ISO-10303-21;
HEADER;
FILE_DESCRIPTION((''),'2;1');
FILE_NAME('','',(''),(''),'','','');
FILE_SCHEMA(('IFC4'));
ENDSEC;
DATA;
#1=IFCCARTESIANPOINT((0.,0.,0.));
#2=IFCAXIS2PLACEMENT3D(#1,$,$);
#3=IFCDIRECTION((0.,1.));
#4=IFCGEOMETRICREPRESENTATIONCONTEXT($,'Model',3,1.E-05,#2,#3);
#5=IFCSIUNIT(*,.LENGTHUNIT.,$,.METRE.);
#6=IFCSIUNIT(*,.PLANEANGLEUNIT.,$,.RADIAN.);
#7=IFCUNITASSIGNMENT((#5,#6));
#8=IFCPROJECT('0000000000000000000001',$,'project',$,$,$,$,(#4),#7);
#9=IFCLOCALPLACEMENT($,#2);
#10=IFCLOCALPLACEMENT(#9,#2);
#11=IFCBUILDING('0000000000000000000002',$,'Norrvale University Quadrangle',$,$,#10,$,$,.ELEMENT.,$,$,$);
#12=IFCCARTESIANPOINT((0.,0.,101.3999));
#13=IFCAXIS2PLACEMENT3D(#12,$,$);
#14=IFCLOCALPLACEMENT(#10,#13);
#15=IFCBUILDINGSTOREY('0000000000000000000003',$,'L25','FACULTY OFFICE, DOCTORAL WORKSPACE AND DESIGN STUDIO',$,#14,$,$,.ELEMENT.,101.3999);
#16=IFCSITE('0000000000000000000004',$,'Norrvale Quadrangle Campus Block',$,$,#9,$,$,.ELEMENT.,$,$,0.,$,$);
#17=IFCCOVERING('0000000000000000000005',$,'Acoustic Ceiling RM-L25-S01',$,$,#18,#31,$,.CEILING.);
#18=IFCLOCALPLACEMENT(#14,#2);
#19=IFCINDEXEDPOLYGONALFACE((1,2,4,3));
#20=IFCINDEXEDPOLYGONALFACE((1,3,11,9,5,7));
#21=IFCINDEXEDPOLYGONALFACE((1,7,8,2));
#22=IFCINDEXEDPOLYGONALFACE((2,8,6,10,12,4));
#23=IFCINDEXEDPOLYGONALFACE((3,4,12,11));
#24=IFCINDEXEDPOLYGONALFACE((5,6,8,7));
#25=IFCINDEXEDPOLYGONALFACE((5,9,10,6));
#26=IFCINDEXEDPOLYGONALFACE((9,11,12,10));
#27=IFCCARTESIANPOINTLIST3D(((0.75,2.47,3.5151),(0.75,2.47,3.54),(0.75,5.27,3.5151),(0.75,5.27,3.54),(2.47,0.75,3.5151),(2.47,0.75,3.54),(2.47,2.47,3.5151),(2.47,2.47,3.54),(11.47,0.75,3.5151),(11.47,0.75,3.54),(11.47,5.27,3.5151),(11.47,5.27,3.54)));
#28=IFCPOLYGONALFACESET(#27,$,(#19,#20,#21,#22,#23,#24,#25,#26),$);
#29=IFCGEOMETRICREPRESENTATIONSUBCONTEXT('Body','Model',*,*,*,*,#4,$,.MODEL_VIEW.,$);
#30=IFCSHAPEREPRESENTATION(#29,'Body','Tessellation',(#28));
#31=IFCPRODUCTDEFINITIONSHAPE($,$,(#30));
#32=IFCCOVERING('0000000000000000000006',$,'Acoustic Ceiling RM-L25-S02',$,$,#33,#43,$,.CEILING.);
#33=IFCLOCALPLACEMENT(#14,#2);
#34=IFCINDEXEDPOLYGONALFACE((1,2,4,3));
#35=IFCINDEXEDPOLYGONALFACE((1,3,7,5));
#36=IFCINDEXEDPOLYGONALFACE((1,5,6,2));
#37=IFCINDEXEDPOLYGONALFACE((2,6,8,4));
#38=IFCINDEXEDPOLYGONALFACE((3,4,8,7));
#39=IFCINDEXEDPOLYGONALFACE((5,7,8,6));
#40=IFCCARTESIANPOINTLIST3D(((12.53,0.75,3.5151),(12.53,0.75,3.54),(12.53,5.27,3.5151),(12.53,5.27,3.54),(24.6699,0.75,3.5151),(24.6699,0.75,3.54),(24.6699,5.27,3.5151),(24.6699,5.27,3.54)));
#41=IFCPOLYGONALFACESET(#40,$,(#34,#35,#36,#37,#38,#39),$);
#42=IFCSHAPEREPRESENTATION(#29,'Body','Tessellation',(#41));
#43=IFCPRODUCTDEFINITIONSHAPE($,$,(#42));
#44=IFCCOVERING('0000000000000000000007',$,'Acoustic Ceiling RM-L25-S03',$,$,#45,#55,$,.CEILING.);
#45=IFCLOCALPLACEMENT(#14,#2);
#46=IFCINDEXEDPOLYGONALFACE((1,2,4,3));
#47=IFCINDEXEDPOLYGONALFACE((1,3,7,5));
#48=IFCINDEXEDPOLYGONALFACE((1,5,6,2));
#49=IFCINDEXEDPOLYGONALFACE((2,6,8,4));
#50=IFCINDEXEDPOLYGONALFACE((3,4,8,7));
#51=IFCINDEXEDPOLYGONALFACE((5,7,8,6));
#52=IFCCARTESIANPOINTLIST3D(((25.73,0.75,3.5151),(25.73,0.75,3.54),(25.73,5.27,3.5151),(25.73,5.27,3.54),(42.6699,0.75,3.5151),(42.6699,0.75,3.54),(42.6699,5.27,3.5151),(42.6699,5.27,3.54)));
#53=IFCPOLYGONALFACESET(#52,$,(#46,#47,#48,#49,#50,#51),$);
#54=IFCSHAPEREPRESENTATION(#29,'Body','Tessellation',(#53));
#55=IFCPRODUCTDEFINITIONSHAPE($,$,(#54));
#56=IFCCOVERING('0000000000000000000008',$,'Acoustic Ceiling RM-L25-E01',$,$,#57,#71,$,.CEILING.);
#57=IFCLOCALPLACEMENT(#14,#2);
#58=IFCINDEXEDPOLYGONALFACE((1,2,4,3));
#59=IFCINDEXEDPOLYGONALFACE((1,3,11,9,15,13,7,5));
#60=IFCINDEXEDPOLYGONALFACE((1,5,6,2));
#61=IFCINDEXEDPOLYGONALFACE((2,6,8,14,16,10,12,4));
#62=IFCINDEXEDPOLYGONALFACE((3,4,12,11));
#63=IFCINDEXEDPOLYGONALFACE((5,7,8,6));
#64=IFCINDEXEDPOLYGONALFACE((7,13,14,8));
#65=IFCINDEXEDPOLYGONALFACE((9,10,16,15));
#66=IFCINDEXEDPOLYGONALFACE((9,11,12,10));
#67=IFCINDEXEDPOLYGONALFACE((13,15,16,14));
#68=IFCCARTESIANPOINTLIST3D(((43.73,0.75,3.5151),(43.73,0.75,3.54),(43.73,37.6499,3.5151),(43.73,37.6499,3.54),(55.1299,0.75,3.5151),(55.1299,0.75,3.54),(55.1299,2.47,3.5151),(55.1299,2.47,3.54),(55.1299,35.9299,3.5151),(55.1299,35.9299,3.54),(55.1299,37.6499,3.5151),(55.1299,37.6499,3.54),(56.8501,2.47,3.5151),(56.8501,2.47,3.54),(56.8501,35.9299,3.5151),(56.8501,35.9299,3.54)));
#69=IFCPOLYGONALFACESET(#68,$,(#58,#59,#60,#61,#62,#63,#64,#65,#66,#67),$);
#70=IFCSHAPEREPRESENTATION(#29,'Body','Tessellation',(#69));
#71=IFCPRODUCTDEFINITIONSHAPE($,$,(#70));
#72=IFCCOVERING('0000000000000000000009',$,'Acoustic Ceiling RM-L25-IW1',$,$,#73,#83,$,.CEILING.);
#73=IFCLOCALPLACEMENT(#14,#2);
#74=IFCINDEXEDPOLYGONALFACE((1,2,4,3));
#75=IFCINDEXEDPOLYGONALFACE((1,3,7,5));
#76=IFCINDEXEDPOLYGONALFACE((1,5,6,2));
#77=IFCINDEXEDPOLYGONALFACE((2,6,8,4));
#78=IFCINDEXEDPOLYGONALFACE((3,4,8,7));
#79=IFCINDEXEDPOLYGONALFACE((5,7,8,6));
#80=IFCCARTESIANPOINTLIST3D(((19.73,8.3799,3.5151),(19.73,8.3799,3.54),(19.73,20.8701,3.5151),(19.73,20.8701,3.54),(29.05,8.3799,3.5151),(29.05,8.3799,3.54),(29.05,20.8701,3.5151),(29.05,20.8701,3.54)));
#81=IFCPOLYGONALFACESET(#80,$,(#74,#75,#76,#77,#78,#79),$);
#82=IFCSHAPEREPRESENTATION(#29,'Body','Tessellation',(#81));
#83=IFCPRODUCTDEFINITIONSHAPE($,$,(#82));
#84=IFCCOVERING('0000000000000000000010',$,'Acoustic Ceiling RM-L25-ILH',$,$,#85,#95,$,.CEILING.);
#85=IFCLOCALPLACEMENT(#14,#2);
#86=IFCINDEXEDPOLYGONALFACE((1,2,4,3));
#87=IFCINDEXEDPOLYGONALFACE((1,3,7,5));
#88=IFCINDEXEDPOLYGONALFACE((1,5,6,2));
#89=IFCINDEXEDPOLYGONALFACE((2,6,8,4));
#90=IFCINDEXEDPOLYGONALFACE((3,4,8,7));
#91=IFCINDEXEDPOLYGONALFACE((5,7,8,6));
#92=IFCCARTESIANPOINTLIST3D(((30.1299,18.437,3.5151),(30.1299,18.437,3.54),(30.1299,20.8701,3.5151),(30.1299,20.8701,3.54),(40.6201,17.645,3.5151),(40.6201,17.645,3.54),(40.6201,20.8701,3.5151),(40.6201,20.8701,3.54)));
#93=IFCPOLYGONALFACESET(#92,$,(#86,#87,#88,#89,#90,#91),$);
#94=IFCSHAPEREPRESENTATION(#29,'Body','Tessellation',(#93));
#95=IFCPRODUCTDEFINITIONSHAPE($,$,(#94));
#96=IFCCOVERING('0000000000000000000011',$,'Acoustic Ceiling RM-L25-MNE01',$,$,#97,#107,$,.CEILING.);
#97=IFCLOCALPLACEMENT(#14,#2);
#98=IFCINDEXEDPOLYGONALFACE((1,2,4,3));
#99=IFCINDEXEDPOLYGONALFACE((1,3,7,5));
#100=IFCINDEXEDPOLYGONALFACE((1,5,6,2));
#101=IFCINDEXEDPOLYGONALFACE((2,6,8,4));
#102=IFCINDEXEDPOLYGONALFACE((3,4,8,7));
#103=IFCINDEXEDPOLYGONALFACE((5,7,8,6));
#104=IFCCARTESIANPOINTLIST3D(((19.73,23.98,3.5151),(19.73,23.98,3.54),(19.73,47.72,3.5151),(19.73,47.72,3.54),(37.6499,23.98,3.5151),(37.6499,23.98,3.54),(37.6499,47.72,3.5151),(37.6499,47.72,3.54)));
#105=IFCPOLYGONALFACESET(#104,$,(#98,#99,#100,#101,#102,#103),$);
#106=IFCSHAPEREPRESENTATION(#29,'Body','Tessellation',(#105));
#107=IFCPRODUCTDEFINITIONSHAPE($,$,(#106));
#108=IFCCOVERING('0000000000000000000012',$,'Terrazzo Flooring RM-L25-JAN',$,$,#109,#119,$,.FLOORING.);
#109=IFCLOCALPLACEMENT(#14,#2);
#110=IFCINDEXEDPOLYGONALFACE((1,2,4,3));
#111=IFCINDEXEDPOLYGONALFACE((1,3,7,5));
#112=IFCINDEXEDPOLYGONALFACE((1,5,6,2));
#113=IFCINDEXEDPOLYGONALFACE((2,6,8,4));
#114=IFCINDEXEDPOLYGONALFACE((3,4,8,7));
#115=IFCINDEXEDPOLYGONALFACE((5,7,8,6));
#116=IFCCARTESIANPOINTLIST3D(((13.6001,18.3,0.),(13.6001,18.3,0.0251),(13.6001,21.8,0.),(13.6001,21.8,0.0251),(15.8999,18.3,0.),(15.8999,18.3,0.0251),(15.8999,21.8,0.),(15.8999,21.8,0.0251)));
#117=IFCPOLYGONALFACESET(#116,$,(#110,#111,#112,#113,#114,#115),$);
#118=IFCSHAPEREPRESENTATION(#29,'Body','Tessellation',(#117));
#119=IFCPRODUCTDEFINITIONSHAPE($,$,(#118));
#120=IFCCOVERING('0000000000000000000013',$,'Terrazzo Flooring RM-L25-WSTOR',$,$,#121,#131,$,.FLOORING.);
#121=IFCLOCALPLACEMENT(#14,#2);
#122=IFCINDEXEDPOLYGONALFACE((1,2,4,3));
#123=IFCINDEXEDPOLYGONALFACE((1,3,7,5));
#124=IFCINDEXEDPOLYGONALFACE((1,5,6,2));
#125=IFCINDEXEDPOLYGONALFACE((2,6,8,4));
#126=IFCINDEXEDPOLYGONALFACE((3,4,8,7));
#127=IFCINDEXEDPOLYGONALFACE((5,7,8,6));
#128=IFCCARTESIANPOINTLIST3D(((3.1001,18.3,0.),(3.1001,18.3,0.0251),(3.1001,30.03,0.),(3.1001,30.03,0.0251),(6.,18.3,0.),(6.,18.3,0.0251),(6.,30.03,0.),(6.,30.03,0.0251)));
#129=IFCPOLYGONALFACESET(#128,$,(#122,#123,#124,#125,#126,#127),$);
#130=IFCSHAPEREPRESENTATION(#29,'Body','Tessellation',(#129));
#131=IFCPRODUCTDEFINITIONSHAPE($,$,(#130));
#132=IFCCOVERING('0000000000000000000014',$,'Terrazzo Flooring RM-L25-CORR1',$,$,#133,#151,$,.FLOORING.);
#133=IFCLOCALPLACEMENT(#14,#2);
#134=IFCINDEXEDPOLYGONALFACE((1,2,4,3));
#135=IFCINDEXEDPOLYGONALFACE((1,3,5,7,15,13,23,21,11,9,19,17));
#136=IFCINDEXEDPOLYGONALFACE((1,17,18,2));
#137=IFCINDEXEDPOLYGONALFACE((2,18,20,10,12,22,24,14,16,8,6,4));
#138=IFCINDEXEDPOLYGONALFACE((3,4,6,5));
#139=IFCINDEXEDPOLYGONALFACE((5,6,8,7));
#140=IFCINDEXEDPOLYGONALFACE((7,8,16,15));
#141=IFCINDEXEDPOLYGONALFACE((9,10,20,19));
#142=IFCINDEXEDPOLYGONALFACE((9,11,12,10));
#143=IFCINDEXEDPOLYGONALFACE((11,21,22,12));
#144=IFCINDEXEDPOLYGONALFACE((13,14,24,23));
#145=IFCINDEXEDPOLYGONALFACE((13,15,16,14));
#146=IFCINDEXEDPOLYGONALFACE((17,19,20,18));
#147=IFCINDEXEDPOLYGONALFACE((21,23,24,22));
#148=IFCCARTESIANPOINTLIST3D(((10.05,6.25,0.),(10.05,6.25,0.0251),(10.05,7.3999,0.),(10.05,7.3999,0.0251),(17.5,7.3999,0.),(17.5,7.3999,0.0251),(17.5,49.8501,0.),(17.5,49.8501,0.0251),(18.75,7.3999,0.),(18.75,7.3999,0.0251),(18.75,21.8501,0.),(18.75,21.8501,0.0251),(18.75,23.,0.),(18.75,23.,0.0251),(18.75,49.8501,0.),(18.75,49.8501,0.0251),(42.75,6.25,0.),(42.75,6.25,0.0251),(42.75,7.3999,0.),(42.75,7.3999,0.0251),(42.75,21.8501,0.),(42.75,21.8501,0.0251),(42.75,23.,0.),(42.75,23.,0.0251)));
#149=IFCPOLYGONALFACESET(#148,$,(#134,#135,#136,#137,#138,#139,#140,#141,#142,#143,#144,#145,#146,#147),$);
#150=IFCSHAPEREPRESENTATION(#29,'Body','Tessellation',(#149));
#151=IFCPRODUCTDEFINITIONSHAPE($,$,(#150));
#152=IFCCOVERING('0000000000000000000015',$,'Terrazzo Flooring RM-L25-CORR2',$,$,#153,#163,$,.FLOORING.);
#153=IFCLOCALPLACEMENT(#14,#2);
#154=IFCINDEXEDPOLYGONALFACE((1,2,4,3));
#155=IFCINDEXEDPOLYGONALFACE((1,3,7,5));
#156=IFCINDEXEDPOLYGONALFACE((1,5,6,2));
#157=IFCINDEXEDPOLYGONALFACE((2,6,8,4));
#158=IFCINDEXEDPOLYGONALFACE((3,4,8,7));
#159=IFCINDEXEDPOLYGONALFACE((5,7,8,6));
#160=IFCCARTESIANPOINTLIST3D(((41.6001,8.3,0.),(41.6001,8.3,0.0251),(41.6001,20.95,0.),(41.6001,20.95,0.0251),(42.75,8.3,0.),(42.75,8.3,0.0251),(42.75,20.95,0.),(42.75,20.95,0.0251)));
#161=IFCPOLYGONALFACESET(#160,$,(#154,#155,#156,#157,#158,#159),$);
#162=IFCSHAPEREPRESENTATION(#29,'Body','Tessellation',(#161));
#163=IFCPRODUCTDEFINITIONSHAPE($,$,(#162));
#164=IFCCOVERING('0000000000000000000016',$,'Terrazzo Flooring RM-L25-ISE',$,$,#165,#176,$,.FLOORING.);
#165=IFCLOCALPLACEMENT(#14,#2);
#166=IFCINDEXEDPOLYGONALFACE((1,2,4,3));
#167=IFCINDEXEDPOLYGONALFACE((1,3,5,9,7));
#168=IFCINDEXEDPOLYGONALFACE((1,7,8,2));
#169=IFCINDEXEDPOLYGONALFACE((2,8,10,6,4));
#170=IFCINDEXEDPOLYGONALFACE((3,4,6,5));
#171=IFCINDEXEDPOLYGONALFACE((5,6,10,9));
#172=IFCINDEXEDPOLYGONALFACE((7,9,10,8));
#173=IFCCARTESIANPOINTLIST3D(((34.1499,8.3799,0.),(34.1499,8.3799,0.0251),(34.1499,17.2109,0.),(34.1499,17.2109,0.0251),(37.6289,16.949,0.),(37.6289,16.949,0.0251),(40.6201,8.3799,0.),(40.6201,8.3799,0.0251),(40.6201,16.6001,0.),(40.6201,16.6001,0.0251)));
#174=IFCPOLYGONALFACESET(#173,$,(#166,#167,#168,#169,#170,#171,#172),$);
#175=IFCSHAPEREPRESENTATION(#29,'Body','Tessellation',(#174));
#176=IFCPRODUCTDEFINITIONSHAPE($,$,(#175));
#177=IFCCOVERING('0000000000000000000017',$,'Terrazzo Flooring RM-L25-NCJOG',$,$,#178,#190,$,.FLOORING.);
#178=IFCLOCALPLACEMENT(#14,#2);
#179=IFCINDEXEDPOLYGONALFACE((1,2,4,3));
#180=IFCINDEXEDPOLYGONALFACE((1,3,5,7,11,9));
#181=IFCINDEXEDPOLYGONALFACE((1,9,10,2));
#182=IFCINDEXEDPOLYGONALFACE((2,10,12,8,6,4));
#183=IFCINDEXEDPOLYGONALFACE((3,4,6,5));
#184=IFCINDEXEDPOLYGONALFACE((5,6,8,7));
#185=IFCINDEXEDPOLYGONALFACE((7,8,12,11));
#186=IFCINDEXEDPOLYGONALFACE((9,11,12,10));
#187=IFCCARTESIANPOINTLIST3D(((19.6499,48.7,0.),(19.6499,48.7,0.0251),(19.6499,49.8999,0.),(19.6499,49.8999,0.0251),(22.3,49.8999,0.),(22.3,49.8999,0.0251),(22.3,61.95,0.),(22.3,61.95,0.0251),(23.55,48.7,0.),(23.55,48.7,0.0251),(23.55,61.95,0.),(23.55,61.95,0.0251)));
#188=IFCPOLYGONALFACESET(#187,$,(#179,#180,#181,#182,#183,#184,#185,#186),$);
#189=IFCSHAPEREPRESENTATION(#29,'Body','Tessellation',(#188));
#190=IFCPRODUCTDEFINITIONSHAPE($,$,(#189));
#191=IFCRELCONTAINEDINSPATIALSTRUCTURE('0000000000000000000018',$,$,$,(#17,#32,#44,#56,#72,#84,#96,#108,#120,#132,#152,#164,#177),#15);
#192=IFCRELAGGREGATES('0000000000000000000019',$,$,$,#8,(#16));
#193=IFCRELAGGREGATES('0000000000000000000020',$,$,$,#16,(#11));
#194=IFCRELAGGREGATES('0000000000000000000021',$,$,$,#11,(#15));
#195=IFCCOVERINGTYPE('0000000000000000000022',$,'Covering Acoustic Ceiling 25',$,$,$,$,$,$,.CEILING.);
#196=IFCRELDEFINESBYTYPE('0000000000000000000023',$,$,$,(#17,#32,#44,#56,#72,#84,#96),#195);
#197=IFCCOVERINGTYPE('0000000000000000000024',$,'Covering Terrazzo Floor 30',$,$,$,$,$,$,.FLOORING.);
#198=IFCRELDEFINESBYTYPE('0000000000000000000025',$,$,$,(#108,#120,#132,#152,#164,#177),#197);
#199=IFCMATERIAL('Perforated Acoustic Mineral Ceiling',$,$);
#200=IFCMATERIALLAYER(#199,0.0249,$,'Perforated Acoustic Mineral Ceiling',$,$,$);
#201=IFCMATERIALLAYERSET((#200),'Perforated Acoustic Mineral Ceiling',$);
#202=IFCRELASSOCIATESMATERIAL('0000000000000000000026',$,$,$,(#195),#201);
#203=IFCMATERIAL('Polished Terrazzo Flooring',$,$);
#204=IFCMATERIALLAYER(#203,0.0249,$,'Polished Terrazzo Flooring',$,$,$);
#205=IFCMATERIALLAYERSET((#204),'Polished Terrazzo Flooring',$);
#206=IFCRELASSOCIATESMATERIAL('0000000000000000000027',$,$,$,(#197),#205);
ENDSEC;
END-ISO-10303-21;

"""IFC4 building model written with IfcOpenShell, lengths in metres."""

from ifc_helpers import new_model, si_unit, direction, frame, origin, place, context, subcontext, project, spatial, polyline, outline, extrude, material, layer, layer_set, type_object, element, save


model = new_model("IFC4")

# Units and contexts
model_context = context("Model", 3, precision=1e-05, world=origin(), true_north=direction((0.0, 1.0)))
body_context = subcontext(model_context, "Body", "Model", "MODEL_VIEW")
ifc_project = project(units=[si_unit("LENGTHUNIT", "METRE"), si_unit("PLANEANGLEUNIT", "RADIAN")], contexts=[model_context])

# Site, building, storey
site_placement = place(None, origin())
site = spatial("IfcSite", under=ifc_project, at=site_placement, Name="Norrvale Quadrangle Campus Block", CompositionType="ELEMENT", RefElevation=0.0)
building_placement = place(site_placement, origin())
building = spatial("IfcBuilding", under=site, at=building_placement, Name="Norrvale University Quadrangle", CompositionType="ELEMENT")
storey_placement = place(building_placement, frame((0.0, 0.0, 101.3999)))
storey = spatial("IfcBuildingStorey", under=building, at=storey_placement, Name="L25", Description="FACULTY OFFICE, DOCTORAL WORKSPACE AND DESIGN STUDIO", CompositionType="ELEMENT", Elevation=101.3999)

# Coverings
ifc_material_1 = material(Name="Perforated Acoustic Mineral Ceiling")
ifc_layer_1 = layer(ifc_material_1, 0.0249, Name="Perforated Acoustic Mineral Ceiling")
ifc_layer_set_1 = layer_set([ifc_layer_1], Name="Perforated Acoustic Mineral Ceiling")
covering_type_1 = type_object("IfcCoveringType", Name="Covering Acoustic Ceiling 25", PredefinedType="CEILING", material=ifc_layer_set_1)
covering_1_placement = place(storey_placement, frame((0.0, 0.0, 3.5151)))
element("IfcCovering", 1, at=covering_1_placement, inside=storey, type_object=covering_type_1, Name="Acoustic Ceiling RM-L25-S01", PredefinedType="CEILING", context=body_context, shape_type="SweptSolid", body=[
    extrude(outline(polyline([(0.75, 5.27), (11.47, 5.27), (11.47, 0.75), (2.47, 0.75), (2.47, 2.47), (0.75, 2.47), (0.75, 5.27)])), origin(), (0.0, 0.0, 1.0), 0.0249),
])
covering_2_placement = place(storey_placement, frame((0.0, 0.0, 3.5151)))
element("IfcCovering", 2, at=covering_2_placement, inside=storey, type_object=covering_type_1, Name="Acoustic Ceiling RM-L25-S02", PredefinedType="CEILING", context=body_context, shape_type="SweptSolid", body=[
    extrude(outline(polyline([(12.53, 5.27), (24.6699, 5.27), (24.6699, 0.75), (12.53, 0.75), (12.53, 5.27)])), origin(), (0.0, 0.0, 1.0), 0.0249),
])
covering_3_placement = place(storey_placement, frame((0.0, 0.0, 3.5151)))
element("IfcCovering", 3, at=covering_3_placement, inside=storey, type_object=covering_type_1, Name="Acoustic Ceiling RM-L25-S03", PredefinedType="CEILING", context=body_context, shape_type="SweptSolid", body=[
    extrude(outline(polyline([(25.73, 5.27), (42.6699, 5.27), (42.6699, 0.75), (25.73, 0.75), (25.73, 5.27)])), origin(), (0.0, 0.0, 1.0), 0.0249),
])
covering_4_placement = place(storey_placement, frame((0.0, 0.0, 3.5151)))
element("IfcCovering", 4, at=covering_4_placement, inside=storey, type_object=covering_type_1, Name="Acoustic Ceiling RM-L25-E01", PredefinedType="CEILING", context=body_context, shape_type="SweptSolid", body=[
    extrude(outline(polyline([(43.73, 0.75), (43.73, 37.6499), (55.1299, 37.6499), (55.1299, 35.9299), (56.8501, 35.9299), (56.8501, 2.47), (55.1299, 2.47), (55.1299, 0.75), (43.73, 0.75)])), origin(), (0.0, 0.0, 1.0), 0.0249),
])
covering_5_placement = place(storey_placement, frame((0.0, 0.0, 3.5151)))
element("IfcCovering", 5, at=covering_5_placement, inside=storey, type_object=covering_type_1, Name="Acoustic Ceiling RM-L25-IW1", PredefinedType="CEILING", context=body_context, shape_type="SweptSolid", body=[
    extrude(outline(polyline([(19.73, 8.3799), (19.73, 20.8701), (29.05, 20.8701), (29.05, 8.3799), (19.73, 8.3799)])), origin(), (0.0, 0.0, 1.0), 0.0249),
])
covering_6_placement = place(storey_placement, frame((0.0, 0.0, 3.5151)))
element("IfcCovering", 6, at=covering_6_placement, inside=storey, type_object=covering_type_1, Name="Acoustic Ceiling RM-L25-ILH", PredefinedType="CEILING", context=body_context, shape_type="SweptSolid", body=[
    extrude(outline(polyline([(30.1299, 18.437), (30.1299, 20.8701), (40.6201, 20.8701), (40.6201, 17.645), (30.1299, 18.437)])), origin(), (0.0, 0.0, 1.0), 0.0249),
])
covering_7_placement = place(storey_placement, frame((0.0, 0.0, 3.5151)))
element("IfcCovering", 7, at=covering_7_placement, inside=storey, type_object=covering_type_1, Name="Acoustic Ceiling RM-L25-MNE01", PredefinedType="CEILING", context=body_context, shape_type="SweptSolid", body=[
    extrude(outline(polyline([(19.73, 47.72), (37.6499, 47.72), (37.6499, 23.98), (19.73, 23.98), (19.73, 47.72)])), origin(), (0.0, 0.0, 1.0), 0.0249),
])
ifc_material_2 = material(Name="Polished Terrazzo Flooring")
ifc_layer_2 = layer(ifc_material_2, 0.0249, Name="Polished Terrazzo Flooring")
ifc_layer_set_2 = layer_set([ifc_layer_2], Name="Polished Terrazzo Flooring")
covering_type_2 = type_object("IfcCoveringType", Name="Covering Terrazzo Floor 30", PredefinedType="FLOORING", material=ifc_layer_set_2)
covering_8_placement = place(storey_placement, origin())
element("IfcCovering", 8, at=covering_8_placement, inside=storey, type_object=covering_type_2, Name="Terrazzo Flooring RM-L25-JAN", PredefinedType="FLOORING", context=body_context, shape_type="SweptSolid", body=[
    extrude(outline(polyline([(13.6001, 18.3), (13.6001, 21.8), (15.8999, 21.8), (15.8999, 18.3), (13.6001, 18.3)])), origin(), (0.0, 0.0, 1.0), 0.0251),
])
covering_9_placement = place(storey_placement, origin())
element("IfcCovering", 9, at=covering_9_placement, inside=storey, type_object=covering_type_2, Name="Terrazzo Flooring RM-L25-WSTOR", PredefinedType="FLOORING", context=body_context, shape_type="SweptSolid", body=[
    extrude(outline(polyline([(3.1001, 18.3), (3.1001, 30.03), (6.0, 30.03), (6.0, 18.3), (3.1001, 18.3)])), origin(), (0.0, 0.0, 1.0), 0.0251),
])
covering_10_placement = place(storey_placement, origin())
element("IfcCovering", 10, at=covering_10_placement, inside=storey, type_object=covering_type_2, Name="Terrazzo Flooring RM-L25-CORR1", PredefinedType="FLOORING", context=body_context, shape_type="SweptSolid", body=[
    extrude(outline(polyline([(10.05, 6.25), (10.05, 7.3999), (17.5, 7.3999), (17.5, 49.8501), (18.75, 49.8501), (18.75, 23.0), (42.75, 23.0), (42.75, 21.8501), (18.75, 21.8501), (18.75, 7.3999), (42.75, 7.3999), (42.75, 6.25), (10.05, 6.25)])), origin(), (0.0, 0.0, 1.0), 0.0251),
])
covering_11_placement = place(storey_placement, origin())
element("IfcCovering", 11, at=covering_11_placement, inside=storey, type_object=covering_type_2, Name="Terrazzo Flooring RM-L25-CORR2", PredefinedType="FLOORING", context=body_context, shape_type="SweptSolid", body=[
    extrude(outline(polyline([(41.6001, 8.3), (41.6001, 20.95), (42.75, 20.95), (42.75, 8.3), (41.6001, 8.3)])), origin(), (0.0, 0.0, 1.0), 0.0251),
])
covering_12_placement = place(storey_placement, origin())
element("IfcCovering", 12, at=covering_12_placement, inside=storey, type_object=covering_type_2, Name="Terrazzo Flooring RM-L25-ISE", PredefinedType="FLOORING", context=body_context, shape_type="SweptSolid", body=[
    extrude(outline(polyline([(40.6201, 16.6001), (40.6201, 8.3799), (34.1499, 8.3799), (34.1499, 17.2109), (37.6289, 16.949), (40.6201, 16.6001)])), origin(), (0.0, 0.0, 1.0), 0.0251),
])
covering_13_placement = place(storey_placement, origin())
element("IfcCovering", 13, at=covering_13_placement, inside=storey, type_object=covering_type_2, Name="Terrazzo Flooring RM-L25-NCJOG", PredefinedType="FLOORING", context=body_context, shape_type="SweptSolid", body=[
    extrude(outline(polyline([(19.6499, 48.7), (19.6499, 49.8999), (22.3, 49.8999), (22.3, 61.95), (23.55, 61.95), (23.55, 48.7), (19.6499, 48.7)])), origin(), (0.0, 0.0, 1.0), 0.0251),
])

save(model, "model.ifc")
